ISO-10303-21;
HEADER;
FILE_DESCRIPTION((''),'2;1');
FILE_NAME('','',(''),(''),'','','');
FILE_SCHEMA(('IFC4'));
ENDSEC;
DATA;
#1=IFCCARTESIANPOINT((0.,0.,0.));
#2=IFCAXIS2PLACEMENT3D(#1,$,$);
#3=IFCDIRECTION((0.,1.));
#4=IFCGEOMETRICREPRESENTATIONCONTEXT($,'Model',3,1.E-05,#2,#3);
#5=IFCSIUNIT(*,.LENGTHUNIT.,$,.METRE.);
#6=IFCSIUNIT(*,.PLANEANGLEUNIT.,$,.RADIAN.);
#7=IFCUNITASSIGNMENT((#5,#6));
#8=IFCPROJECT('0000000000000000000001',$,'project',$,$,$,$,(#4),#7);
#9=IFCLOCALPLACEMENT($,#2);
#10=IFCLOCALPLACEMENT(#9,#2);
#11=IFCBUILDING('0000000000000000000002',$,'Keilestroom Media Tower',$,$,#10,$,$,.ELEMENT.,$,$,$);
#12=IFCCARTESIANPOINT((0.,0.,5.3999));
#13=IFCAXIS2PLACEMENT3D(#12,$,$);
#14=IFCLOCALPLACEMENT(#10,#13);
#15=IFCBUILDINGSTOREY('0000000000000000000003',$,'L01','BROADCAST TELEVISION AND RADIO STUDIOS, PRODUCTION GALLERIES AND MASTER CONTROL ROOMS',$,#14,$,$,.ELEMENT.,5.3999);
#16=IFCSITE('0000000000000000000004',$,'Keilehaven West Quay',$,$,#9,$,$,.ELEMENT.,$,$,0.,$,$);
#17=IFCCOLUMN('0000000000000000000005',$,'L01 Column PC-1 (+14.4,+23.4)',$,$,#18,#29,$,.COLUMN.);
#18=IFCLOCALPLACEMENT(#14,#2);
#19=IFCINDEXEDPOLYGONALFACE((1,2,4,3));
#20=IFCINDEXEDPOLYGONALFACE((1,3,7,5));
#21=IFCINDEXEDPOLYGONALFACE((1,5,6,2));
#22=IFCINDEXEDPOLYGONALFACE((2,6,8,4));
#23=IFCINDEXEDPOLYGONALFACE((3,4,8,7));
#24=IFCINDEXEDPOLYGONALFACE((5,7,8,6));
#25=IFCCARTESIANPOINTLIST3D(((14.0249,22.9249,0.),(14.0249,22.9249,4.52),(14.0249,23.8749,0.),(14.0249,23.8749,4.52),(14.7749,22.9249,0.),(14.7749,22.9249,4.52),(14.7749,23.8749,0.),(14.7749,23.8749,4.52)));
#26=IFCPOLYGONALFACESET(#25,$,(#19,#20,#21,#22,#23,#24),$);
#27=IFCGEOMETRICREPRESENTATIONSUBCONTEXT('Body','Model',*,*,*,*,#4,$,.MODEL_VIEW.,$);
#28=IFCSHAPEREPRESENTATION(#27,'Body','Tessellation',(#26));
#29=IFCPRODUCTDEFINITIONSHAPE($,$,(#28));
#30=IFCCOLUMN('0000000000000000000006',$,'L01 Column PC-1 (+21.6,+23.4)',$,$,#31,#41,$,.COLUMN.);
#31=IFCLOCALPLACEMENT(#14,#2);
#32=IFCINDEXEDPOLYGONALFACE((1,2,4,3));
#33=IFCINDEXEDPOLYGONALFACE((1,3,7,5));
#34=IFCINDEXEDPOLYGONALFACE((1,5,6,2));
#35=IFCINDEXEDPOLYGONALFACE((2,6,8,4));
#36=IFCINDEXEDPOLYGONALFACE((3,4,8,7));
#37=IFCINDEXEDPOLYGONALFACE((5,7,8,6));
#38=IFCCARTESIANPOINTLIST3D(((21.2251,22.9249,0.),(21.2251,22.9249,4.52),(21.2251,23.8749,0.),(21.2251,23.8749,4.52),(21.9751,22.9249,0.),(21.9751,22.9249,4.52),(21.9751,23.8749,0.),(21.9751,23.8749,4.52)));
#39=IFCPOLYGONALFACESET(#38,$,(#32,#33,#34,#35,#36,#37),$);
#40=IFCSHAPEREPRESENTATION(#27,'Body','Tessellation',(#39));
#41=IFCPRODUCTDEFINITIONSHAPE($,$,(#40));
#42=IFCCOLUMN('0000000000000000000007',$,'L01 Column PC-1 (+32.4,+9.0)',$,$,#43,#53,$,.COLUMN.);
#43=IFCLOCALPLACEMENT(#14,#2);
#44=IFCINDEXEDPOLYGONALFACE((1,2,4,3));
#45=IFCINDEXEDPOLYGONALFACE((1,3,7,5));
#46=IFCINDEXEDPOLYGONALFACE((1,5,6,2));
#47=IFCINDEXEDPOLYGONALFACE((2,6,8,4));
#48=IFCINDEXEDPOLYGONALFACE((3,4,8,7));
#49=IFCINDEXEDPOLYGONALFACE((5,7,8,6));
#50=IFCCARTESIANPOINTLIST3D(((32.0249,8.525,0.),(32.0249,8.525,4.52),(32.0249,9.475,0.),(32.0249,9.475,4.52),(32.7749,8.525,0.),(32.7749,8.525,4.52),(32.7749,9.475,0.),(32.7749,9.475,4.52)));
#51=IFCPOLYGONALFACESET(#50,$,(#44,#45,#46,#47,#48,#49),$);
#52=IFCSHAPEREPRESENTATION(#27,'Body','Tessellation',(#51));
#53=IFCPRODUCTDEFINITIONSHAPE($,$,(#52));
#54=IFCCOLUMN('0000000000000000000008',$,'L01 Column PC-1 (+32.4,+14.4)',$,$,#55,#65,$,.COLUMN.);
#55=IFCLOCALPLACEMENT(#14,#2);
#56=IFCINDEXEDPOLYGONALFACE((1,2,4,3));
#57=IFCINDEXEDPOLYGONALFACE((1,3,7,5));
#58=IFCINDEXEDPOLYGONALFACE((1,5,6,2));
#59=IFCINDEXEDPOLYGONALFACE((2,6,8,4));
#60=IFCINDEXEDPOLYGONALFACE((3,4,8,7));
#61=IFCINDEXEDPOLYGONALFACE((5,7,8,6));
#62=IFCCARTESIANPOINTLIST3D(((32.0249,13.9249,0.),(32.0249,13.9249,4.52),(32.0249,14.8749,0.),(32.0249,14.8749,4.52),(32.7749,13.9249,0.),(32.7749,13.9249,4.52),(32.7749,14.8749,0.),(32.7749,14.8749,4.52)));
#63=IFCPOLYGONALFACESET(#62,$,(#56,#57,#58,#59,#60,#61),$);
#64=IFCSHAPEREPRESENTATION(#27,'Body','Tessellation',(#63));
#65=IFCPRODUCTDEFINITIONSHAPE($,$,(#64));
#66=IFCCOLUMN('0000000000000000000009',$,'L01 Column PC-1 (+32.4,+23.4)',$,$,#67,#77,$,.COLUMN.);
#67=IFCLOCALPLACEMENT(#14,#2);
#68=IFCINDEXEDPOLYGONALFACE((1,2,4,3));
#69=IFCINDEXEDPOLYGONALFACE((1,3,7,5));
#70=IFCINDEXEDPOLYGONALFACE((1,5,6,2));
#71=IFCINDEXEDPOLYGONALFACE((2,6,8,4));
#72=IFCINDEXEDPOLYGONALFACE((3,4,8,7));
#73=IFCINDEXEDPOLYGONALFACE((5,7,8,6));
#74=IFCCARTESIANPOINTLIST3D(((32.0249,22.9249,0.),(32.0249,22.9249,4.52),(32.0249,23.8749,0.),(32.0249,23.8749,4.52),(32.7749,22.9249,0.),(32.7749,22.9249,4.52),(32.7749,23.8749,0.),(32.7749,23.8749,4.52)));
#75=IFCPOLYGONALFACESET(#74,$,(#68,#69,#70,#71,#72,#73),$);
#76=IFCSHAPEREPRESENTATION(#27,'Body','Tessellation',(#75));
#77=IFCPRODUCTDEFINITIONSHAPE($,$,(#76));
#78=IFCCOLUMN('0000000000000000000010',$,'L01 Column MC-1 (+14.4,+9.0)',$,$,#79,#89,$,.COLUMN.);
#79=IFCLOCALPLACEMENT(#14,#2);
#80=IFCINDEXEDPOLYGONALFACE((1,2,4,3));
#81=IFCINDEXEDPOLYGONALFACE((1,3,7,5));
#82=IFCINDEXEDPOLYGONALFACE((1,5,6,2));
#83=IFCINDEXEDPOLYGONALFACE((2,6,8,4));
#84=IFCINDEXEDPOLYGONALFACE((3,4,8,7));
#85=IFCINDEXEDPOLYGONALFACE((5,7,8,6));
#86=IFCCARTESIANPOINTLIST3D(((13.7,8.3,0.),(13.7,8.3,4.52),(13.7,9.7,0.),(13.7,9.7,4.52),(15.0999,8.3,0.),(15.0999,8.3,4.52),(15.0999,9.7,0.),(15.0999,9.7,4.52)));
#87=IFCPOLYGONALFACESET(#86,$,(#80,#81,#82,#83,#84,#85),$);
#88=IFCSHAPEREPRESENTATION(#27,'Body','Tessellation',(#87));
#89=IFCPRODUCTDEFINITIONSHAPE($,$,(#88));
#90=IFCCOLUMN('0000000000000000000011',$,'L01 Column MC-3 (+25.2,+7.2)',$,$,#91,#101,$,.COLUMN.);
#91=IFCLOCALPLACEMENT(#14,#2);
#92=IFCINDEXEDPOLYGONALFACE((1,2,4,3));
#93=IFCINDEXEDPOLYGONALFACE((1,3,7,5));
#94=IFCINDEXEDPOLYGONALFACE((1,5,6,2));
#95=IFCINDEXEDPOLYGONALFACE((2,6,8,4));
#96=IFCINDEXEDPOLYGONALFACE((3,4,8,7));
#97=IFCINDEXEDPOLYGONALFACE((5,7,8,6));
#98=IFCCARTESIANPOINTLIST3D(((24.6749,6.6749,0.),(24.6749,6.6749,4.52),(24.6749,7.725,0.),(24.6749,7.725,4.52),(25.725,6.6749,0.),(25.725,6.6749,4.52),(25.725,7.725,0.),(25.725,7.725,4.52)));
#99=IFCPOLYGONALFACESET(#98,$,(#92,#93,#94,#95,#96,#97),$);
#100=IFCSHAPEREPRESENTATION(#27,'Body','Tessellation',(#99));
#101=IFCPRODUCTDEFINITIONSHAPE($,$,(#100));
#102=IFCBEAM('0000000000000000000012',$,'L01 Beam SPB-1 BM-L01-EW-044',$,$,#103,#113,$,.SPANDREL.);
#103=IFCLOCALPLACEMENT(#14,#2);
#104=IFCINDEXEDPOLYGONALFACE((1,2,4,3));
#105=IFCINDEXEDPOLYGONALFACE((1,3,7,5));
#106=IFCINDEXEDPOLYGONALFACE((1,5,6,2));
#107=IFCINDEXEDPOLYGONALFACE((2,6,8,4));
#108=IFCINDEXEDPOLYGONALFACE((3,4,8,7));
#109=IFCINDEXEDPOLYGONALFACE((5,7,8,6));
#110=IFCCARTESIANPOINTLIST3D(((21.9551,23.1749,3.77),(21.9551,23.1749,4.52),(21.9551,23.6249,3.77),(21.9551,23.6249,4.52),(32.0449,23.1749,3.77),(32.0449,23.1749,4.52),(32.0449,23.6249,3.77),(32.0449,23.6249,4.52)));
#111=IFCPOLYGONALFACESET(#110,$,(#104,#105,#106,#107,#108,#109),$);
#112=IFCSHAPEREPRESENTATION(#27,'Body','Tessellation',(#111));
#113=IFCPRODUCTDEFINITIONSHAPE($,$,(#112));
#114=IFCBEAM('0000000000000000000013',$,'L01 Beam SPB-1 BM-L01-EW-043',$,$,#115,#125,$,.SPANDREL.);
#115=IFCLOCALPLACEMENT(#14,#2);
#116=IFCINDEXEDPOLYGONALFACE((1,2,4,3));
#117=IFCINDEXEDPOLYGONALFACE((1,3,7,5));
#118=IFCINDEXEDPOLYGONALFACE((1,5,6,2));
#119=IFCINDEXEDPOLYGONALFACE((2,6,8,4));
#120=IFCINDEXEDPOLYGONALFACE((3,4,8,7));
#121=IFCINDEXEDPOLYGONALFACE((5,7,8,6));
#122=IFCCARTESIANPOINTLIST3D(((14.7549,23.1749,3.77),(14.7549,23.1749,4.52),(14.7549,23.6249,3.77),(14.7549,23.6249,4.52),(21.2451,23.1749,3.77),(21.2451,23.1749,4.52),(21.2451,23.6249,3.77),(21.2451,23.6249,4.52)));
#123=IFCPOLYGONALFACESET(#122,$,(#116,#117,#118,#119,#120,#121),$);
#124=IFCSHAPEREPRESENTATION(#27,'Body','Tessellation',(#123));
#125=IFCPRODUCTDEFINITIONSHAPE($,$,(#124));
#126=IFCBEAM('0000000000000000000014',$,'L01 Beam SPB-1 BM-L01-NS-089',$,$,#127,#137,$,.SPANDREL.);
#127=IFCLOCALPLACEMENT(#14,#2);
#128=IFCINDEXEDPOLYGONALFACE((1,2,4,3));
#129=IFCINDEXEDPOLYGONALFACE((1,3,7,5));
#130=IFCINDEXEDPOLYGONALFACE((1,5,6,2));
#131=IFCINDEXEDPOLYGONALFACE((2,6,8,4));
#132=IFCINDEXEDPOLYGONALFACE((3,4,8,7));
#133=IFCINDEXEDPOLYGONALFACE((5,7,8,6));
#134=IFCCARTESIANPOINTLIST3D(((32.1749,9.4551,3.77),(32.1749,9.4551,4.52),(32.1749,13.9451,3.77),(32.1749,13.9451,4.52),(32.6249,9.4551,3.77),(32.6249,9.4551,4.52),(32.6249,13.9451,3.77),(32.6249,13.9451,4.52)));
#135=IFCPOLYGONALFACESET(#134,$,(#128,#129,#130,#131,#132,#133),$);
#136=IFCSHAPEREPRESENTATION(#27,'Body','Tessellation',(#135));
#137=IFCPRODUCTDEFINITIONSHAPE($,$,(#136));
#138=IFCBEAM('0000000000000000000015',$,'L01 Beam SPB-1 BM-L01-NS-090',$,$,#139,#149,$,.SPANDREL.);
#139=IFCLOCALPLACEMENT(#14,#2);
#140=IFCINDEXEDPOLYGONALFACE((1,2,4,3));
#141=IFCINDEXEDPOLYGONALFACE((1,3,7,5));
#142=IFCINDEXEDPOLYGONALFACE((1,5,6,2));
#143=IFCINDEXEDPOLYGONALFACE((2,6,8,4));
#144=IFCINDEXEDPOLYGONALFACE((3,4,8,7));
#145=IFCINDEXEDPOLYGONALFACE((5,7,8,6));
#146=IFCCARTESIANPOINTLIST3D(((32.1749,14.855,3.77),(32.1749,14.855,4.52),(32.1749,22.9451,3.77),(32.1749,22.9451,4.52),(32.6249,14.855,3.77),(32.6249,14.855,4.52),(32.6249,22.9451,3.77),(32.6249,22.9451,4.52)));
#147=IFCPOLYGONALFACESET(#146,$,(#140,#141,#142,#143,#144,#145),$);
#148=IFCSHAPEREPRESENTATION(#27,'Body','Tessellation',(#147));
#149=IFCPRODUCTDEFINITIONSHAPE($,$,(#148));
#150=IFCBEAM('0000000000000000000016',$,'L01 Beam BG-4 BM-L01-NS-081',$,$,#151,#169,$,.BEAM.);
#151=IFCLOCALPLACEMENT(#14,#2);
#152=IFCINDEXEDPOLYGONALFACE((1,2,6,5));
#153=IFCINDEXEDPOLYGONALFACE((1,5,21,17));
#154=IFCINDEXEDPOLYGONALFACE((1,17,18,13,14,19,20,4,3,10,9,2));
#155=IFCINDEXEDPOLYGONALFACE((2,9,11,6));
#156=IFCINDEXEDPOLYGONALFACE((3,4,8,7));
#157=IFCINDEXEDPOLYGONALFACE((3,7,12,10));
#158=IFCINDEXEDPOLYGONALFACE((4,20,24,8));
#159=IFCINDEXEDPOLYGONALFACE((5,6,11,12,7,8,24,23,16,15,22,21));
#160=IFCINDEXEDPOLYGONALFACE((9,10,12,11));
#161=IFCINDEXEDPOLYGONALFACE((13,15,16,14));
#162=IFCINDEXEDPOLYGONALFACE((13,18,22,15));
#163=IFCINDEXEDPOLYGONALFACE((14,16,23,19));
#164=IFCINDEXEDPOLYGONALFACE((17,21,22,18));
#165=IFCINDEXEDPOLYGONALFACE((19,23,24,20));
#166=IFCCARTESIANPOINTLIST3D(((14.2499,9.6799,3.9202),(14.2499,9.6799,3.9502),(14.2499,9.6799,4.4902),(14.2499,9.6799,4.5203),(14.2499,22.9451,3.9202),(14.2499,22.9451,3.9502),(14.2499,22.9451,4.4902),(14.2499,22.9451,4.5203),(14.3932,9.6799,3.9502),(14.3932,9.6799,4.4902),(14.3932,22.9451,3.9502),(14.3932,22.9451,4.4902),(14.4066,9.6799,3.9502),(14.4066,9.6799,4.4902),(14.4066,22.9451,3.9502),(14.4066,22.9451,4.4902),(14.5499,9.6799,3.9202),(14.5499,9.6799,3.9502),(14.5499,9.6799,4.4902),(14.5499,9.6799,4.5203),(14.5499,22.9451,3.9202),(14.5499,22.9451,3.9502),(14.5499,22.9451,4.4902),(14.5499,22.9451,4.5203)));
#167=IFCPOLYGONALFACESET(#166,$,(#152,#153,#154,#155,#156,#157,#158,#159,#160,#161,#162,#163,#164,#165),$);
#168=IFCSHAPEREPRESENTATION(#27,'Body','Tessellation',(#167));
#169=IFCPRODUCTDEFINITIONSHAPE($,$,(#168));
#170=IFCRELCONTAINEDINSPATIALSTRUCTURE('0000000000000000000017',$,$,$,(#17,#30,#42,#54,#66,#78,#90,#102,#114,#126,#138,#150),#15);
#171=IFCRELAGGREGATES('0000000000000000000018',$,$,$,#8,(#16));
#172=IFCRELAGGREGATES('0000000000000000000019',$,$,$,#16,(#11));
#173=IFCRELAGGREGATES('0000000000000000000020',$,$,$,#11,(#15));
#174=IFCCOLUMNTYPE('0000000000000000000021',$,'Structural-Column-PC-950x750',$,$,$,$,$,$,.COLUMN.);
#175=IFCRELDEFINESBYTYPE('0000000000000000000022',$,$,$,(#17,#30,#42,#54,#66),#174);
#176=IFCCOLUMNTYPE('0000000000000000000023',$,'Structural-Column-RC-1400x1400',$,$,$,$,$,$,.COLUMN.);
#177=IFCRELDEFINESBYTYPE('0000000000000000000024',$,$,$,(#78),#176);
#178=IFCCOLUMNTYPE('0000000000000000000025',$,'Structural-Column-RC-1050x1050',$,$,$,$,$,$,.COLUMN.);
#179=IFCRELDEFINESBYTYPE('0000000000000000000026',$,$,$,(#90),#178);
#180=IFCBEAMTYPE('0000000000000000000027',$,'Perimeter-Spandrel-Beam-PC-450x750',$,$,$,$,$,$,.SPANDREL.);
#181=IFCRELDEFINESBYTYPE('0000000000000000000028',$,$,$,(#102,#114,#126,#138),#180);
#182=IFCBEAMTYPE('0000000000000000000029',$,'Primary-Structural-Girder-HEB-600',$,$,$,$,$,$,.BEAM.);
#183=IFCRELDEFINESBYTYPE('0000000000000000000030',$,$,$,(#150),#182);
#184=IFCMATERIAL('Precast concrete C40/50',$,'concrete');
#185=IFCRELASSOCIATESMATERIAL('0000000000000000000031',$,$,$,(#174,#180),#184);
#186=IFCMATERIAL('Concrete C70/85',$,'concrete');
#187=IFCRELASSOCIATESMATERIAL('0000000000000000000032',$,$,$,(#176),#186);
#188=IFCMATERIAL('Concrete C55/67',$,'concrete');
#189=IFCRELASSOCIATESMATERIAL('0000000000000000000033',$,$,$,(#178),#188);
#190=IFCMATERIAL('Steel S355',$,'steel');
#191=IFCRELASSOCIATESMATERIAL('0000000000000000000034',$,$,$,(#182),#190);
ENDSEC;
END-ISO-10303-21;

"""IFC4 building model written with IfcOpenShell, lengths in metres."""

from ifc_helpers import new_model, si_unit, direction, frame, origin, origin_2d, place, context, subcontext, project, spatial, rectangle, i_section, extrude, source, transform, mapped, material, material_profile, profile_set, type_object, element, save


model = new_model("IFC4")

# Units and contexts
model_context = context("Model", 3, precision=1e-05, world=origin(), true_north=direction((0.0, 1.0)))
body_context = subcontext(model_context, "Body", "Model", "MODEL_VIEW")
ifc_project = project(units=[si_unit("LENGTHUNIT", "METRE"), si_unit("PLANEANGLEUNIT", "RADIAN")], contexts=[model_context])

# Site, building, storey
site_placement = place(None, origin())
site = spatial("IfcSite", under=ifc_project, at=site_placement, Name="Keilehaven West Quay", CompositionType="ELEMENT", RefElevation=0.0)
building_placement = place(site_placement, origin())
building = spatial("IfcBuilding", under=site, at=building_placement, Name="Keilestroom Media Tower", CompositionType="ELEMENT")
storey_placement = place(building_placement, frame((0.0, 0.0, 5.3999)))
storey = spatial("IfcBuildingStorey", under=building, at=storey_placement, Name="L01", Description="BROADCAST TELEVISION AND RADIO STUDIOS, PRODUCTION GALLERIES AND MASTER CONTROL ROOMS", CompositionType="ELEMENT", Elevation=5.3999)

# Columns
ifc_material_1 = material(Name="Precast concrete C40/50", Category="concrete")
ifc_material_profile_1 = material_profile(ifc_material_1, rectangle(XDim=0.75, YDim=0.95, at=origin_2d()), Name="PC 950x750")
ifc_profile_set_1 = profile_set([ifc_material_profile_1], Name="Precast concrete C40/50")
column_type_1 = type_object("IfcColumnType", Name="Structural-Column-PC-950x750", PredefinedType="COLUMN", material=ifc_profile_set_1)
shared_shape_1 = source(origin(), body_context, "Body", "SweptSolid", [
    extrude(rectangle(XDim=0.75, YDim=0.95, at=origin_2d()), origin(), (0.0, 0.0, 1.0), 4.52),
])
for number, where, z_axis, x_axis, name in (
    (1, (14.3999, 23.3999, 0.0), (0.0, 0.0, 1.0), (1.0, 0.0, 0.0), "L01 Column PC-1 (+14.4,+23.4)"),
    (2, (21.6001, 23.3999, 0.0), (0.0, 0.0, 1.0), (1.0, 0.0, 0.0), "L01 Column PC-1 (+21.6,+23.4)"),
    (3, (32.3999, 9.0, 0.0), (0.0, 0.0, 1.0), (1.0, 0.0, 0.0), "L01 Column PC-1 (+32.4,+9.0)"),
    (4, (32.3999, 14.3999, 0.0), (0.0, 0.0, 1.0), (1.0, 0.0, 0.0), "L01 Column PC-1 (+32.4,+14.4)"),
    (5, (32.3999, 23.3999, 0.0), (0.0, 0.0, 1.0), (1.0, 0.0, 0.0), "L01 Column PC-1 (+32.4,+23.4)"),
):
    element("IfcColumn", number, at=place(storey_placement, frame(where, z_axis=z_axis, x_axis=x_axis)), inside=storey, type_object=column_type_1, Name=name, PredefinedType="COLUMN", context=body_context, shape_type="MappedRepresentation", body=[
        mapped(shared_shape_1, transform((0.0, 0.0, 0.0), x_axis=(1.0, 0.0, 0.0), y_axis=(0.0, 1.0, 0.0), z_axis=(0.0, 0.0, 1.0), scale=1.0)),
    ])
ifc_material_2 = material(Name="Concrete C70/85", Category="concrete")
ifc_material_profile_2 = material_profile(ifc_material_2, rectangle(XDim=1.3999, YDim=1.3999, at=origin_2d()), Name="RC 1400x1400")
ifc_profile_set_2 = profile_set([ifc_material_profile_2], Name="Concrete C70/85")
column_type_2 = type_object("IfcColumnType", Name="Structural-Column-RC-1400x1400", PredefinedType="COLUMN", material=ifc_profile_set_2)
shared_shape_2 = source(origin(), body_context, "Body", "SweptSolid", [
    extrude(rectangle(XDim=1.3999, YDim=1.3999, at=origin_2d()), origin(), (0.0, 0.0, 1.0), 4.52),
])
column_1_placement = place(storey_placement, frame((14.3999, 9.0, 0.0), z_axis=(0.0, 0.0, 1.0), x_axis=(1.0, 0.0, 0.0)))
element("IfcColumn", 6, at=column_1_placement, inside=storey, type_object=column_type_2, Name="L01 Column MC-1 (+14.4,+9.0)", PredefinedType="COLUMN", context=body_context, shape_type="MappedRepresentation", body=[
    mapped(shared_shape_2, transform((0.0, 0.0, 0.0), x_axis=(1.0, 0.0, 0.0), y_axis=(0.0, 1.0, 0.0), z_axis=(0.0, 0.0, 1.0), scale=1.0)),
])
ifc_material_3 = material(Name="Concrete C55/67", Category="concrete")
ifc_material_profile_3 = material_profile(ifc_material_3, rectangle(XDim=1.05, YDim=1.05, at=origin_2d()), Name="RC 1050x1050")
ifc_profile_set_3 = profile_set([ifc_material_profile_3], Name="Concrete C55/67")
column_type_3 = type_object("IfcColumnType", Name="Structural-Column-RC-1050x1050", PredefinedType="COLUMN", material=ifc_profile_set_3)
shared_shape_3 = source(origin(), body_context, "Body", "SweptSolid", [
    extrude(rectangle(XDim=1.05, YDim=1.05, at=origin_2d()), origin(), (0.0, 0.0, 1.0), 4.52),
])
column_2_placement = place(storey_placement, frame((25.2, 7.2, 0.0), z_axis=(0.0, 0.0, 1.0), x_axis=(1.0, 0.0, 0.0)))
element("IfcColumn", 7, at=column_2_placement, inside=storey, type_object=column_type_3, Name="L01 Column MC-3 (+25.2,+7.2)", PredefinedType="COLUMN", context=body_context, shape_type="MappedRepresentation", body=[
    mapped(shared_shape_3, transform((0.0, 0.0, 0.0), x_axis=(1.0, 0.0, 0.0), y_axis=(0.0, 1.0, 0.0), z_axis=(0.0, 0.0, 1.0), scale=1.0)),
])

# Beams
ifc_material_profile_4 = material_profile(ifc_material_1, rectangle(XDim=0.45, YDim=0.75, at=origin_2d()), Name="PC 450x750")
ifc_profile_set_4 = profile_set([ifc_material_profile_4], Name="Precast concrete C40/50")
beam_type_1 = type_object("IfcBeamType", Name="Perimeter-Spandrel-Beam-PC-450x750", PredefinedType="SPANDREL", material=ifc_profile_set_4)
shared_shape_4 = source(origin(), body_context, "Body", "SweptSolid", [
    extrude(rectangle(XDim=0.45, YDim=0.75, at=origin_2d()), origin(), (0.0, 0.0, 1.0), 10.0898),
])
beam_1_placement = place(storey_placement, frame((21.9551, 23.3999, 4.145), z_axis=(1.0, 0.0, 0.0), x_axis=(0.0, 1.0, 0.0)))
element("IfcBeam", 8, at=beam_1_placement, inside=storey, type_object=beam_type_1, Name="L01 Beam SPB-1 BM-L01-EW-044", PredefinedType="SPANDREL", context=body_context, shape_type="MappedRepresentation", body=[
    mapped(shared_shape_4, transform((0.0, 0.0, 0.0), x_axis=(1.0, 0.0, 0.0), y_axis=(0.0, 1.0, 0.0), z_axis=(0.0, 0.0, 1.0), scale=1.0)),
])
shared_shape_5 = source(origin(), body_context, "Body", "SweptSolid", [
    extrude(rectangle(XDim=0.45, YDim=0.75, at=origin_2d()), origin(), (0.0, 0.0, 1.0), 6.4902),
])
beam_2_placement = place(storey_placement, frame((14.7549, 23.3999, 4.145), z_axis=(1.0, 0.0, 0.0), x_axis=(0.0, 1.0, 0.0)))
element("IfcBeam", 9, at=beam_2_placement, inside=storey, type_object=beam_type_1, Name="L01 Beam SPB-1 BM-L01-EW-043", PredefinedType="SPANDREL", context=body_context, shape_type="MappedRepresentation", body=[
    mapped(shared_shape_5, transform((0.0, 0.0, 0.0), x_axis=(1.0, 0.0, 0.0), y_axis=(0.0, 1.0, 0.0), z_axis=(0.0, 0.0, 1.0), scale=1.0)),
])
shared_shape_6 = source(origin(), body_context, "Body", "SweptSolid", [
    extrude(rectangle(XDim=0.45, YDim=0.75, at=origin_2d()), origin(), (0.0, 0.0, 1.0), 4.49),
])
beam_3_placement = place(storey_placement, frame((32.3999, 9.4551, 4.145), z_axis=(0.0, 1.0, 0.0), x_axis=(-1.0, 0.0, 0.0)))
element("IfcBeam", 10, at=beam_3_placement, inside=storey, type_object=beam_type_1, Name="L01 Beam SPB-1 BM-L01-NS-089", PredefinedType="SPANDREL", context=body_context, shape_type="MappedRepresentation", body=[
    mapped(shared_shape_6, transform((0.0, 0.0, 0.0), x_axis=(1.0, 0.0, 0.0), y_axis=(0.0, 1.0, 0.0), z_axis=(0.0, 0.0, 1.0), scale=1.0)),
])
shared_shape_7 = source(origin(), body_context, "Body", "SweptSolid", [
    extrude(rectangle(XDim=0.45, YDim=0.75, at=origin_2d()), origin(), (0.0, 0.0, 1.0), 8.0901),
])
beam_4_placement = place(storey_placement, frame((32.3999, 14.855, 4.145), z_axis=(0.0, 1.0, 0.0), x_axis=(-1.0, 0.0, 0.0)))
element("IfcBeam", 11, at=beam_4_placement, inside=storey, type_object=beam_type_1, Name="L01 Beam SPB-1 BM-L01-NS-090", PredefinedType="SPANDREL", context=body_context, shape_type="MappedRepresentation", body=[
    mapped(shared_shape_7, transform((0.0, 0.0, 0.0), x_axis=(1.0, 0.0, 0.0), y_axis=(0.0, 1.0, 0.0), z_axis=(0.0, 0.0, 1.0), scale=1.0)),
])
ifc_material_4 = material(Name="Steel S355", Category="steel")
ifc_material_profile_5 = material_profile(ifc_material_4, i_section(OverallWidth=0.3, OverallDepth=0.6001, WebThickness=0.0134, FlangeThickness=0.03, at=origin_2d()), Name="HEB 600")
ifc_profile_set_5 = profile_set([ifc_material_profile_5], Name="Steel S355")
beam_type_2 = type_object("IfcBeamType", Name="Primary-Structural-Girder-HEB-600", PredefinedType="BEAM", material=ifc_profile_set_5)
shared_shape_8 = source(origin(), body_context, "Body", "SweptSolid", [
    extrude(i_section(OverallWidth=0.3, OverallDepth=0.6001, WebThickness=0.0134, FlangeThickness=0.03, at=origin_2d()), origin(), (0.0, 0.0, 1.0), 13.2651),
])
beam_5_placement = place(storey_placement, frame((14.3999, 9.6799, 4.2202), z_axis=(0.0, 1.0, 0.0), x_axis=(-1.0, 0.0, 0.0)))
element("IfcBeam", 12, at=beam_5_placement, inside=storey, type_object=beam_type_2, Name="L01 Beam BG-4 BM-L01-NS-081", PredefinedType="BEAM", context=body_context, shape_type="MappedRepresentation", body=[
    mapped(shared_shape_8, transform((0.0, 0.0, 0.0), x_axis=(1.0, 0.0, 0.0), y_axis=(0.0, 1.0, 0.0), z_axis=(0.0, 0.0, 1.0), scale=1.0)),
])

save(model, "model.ifc")
